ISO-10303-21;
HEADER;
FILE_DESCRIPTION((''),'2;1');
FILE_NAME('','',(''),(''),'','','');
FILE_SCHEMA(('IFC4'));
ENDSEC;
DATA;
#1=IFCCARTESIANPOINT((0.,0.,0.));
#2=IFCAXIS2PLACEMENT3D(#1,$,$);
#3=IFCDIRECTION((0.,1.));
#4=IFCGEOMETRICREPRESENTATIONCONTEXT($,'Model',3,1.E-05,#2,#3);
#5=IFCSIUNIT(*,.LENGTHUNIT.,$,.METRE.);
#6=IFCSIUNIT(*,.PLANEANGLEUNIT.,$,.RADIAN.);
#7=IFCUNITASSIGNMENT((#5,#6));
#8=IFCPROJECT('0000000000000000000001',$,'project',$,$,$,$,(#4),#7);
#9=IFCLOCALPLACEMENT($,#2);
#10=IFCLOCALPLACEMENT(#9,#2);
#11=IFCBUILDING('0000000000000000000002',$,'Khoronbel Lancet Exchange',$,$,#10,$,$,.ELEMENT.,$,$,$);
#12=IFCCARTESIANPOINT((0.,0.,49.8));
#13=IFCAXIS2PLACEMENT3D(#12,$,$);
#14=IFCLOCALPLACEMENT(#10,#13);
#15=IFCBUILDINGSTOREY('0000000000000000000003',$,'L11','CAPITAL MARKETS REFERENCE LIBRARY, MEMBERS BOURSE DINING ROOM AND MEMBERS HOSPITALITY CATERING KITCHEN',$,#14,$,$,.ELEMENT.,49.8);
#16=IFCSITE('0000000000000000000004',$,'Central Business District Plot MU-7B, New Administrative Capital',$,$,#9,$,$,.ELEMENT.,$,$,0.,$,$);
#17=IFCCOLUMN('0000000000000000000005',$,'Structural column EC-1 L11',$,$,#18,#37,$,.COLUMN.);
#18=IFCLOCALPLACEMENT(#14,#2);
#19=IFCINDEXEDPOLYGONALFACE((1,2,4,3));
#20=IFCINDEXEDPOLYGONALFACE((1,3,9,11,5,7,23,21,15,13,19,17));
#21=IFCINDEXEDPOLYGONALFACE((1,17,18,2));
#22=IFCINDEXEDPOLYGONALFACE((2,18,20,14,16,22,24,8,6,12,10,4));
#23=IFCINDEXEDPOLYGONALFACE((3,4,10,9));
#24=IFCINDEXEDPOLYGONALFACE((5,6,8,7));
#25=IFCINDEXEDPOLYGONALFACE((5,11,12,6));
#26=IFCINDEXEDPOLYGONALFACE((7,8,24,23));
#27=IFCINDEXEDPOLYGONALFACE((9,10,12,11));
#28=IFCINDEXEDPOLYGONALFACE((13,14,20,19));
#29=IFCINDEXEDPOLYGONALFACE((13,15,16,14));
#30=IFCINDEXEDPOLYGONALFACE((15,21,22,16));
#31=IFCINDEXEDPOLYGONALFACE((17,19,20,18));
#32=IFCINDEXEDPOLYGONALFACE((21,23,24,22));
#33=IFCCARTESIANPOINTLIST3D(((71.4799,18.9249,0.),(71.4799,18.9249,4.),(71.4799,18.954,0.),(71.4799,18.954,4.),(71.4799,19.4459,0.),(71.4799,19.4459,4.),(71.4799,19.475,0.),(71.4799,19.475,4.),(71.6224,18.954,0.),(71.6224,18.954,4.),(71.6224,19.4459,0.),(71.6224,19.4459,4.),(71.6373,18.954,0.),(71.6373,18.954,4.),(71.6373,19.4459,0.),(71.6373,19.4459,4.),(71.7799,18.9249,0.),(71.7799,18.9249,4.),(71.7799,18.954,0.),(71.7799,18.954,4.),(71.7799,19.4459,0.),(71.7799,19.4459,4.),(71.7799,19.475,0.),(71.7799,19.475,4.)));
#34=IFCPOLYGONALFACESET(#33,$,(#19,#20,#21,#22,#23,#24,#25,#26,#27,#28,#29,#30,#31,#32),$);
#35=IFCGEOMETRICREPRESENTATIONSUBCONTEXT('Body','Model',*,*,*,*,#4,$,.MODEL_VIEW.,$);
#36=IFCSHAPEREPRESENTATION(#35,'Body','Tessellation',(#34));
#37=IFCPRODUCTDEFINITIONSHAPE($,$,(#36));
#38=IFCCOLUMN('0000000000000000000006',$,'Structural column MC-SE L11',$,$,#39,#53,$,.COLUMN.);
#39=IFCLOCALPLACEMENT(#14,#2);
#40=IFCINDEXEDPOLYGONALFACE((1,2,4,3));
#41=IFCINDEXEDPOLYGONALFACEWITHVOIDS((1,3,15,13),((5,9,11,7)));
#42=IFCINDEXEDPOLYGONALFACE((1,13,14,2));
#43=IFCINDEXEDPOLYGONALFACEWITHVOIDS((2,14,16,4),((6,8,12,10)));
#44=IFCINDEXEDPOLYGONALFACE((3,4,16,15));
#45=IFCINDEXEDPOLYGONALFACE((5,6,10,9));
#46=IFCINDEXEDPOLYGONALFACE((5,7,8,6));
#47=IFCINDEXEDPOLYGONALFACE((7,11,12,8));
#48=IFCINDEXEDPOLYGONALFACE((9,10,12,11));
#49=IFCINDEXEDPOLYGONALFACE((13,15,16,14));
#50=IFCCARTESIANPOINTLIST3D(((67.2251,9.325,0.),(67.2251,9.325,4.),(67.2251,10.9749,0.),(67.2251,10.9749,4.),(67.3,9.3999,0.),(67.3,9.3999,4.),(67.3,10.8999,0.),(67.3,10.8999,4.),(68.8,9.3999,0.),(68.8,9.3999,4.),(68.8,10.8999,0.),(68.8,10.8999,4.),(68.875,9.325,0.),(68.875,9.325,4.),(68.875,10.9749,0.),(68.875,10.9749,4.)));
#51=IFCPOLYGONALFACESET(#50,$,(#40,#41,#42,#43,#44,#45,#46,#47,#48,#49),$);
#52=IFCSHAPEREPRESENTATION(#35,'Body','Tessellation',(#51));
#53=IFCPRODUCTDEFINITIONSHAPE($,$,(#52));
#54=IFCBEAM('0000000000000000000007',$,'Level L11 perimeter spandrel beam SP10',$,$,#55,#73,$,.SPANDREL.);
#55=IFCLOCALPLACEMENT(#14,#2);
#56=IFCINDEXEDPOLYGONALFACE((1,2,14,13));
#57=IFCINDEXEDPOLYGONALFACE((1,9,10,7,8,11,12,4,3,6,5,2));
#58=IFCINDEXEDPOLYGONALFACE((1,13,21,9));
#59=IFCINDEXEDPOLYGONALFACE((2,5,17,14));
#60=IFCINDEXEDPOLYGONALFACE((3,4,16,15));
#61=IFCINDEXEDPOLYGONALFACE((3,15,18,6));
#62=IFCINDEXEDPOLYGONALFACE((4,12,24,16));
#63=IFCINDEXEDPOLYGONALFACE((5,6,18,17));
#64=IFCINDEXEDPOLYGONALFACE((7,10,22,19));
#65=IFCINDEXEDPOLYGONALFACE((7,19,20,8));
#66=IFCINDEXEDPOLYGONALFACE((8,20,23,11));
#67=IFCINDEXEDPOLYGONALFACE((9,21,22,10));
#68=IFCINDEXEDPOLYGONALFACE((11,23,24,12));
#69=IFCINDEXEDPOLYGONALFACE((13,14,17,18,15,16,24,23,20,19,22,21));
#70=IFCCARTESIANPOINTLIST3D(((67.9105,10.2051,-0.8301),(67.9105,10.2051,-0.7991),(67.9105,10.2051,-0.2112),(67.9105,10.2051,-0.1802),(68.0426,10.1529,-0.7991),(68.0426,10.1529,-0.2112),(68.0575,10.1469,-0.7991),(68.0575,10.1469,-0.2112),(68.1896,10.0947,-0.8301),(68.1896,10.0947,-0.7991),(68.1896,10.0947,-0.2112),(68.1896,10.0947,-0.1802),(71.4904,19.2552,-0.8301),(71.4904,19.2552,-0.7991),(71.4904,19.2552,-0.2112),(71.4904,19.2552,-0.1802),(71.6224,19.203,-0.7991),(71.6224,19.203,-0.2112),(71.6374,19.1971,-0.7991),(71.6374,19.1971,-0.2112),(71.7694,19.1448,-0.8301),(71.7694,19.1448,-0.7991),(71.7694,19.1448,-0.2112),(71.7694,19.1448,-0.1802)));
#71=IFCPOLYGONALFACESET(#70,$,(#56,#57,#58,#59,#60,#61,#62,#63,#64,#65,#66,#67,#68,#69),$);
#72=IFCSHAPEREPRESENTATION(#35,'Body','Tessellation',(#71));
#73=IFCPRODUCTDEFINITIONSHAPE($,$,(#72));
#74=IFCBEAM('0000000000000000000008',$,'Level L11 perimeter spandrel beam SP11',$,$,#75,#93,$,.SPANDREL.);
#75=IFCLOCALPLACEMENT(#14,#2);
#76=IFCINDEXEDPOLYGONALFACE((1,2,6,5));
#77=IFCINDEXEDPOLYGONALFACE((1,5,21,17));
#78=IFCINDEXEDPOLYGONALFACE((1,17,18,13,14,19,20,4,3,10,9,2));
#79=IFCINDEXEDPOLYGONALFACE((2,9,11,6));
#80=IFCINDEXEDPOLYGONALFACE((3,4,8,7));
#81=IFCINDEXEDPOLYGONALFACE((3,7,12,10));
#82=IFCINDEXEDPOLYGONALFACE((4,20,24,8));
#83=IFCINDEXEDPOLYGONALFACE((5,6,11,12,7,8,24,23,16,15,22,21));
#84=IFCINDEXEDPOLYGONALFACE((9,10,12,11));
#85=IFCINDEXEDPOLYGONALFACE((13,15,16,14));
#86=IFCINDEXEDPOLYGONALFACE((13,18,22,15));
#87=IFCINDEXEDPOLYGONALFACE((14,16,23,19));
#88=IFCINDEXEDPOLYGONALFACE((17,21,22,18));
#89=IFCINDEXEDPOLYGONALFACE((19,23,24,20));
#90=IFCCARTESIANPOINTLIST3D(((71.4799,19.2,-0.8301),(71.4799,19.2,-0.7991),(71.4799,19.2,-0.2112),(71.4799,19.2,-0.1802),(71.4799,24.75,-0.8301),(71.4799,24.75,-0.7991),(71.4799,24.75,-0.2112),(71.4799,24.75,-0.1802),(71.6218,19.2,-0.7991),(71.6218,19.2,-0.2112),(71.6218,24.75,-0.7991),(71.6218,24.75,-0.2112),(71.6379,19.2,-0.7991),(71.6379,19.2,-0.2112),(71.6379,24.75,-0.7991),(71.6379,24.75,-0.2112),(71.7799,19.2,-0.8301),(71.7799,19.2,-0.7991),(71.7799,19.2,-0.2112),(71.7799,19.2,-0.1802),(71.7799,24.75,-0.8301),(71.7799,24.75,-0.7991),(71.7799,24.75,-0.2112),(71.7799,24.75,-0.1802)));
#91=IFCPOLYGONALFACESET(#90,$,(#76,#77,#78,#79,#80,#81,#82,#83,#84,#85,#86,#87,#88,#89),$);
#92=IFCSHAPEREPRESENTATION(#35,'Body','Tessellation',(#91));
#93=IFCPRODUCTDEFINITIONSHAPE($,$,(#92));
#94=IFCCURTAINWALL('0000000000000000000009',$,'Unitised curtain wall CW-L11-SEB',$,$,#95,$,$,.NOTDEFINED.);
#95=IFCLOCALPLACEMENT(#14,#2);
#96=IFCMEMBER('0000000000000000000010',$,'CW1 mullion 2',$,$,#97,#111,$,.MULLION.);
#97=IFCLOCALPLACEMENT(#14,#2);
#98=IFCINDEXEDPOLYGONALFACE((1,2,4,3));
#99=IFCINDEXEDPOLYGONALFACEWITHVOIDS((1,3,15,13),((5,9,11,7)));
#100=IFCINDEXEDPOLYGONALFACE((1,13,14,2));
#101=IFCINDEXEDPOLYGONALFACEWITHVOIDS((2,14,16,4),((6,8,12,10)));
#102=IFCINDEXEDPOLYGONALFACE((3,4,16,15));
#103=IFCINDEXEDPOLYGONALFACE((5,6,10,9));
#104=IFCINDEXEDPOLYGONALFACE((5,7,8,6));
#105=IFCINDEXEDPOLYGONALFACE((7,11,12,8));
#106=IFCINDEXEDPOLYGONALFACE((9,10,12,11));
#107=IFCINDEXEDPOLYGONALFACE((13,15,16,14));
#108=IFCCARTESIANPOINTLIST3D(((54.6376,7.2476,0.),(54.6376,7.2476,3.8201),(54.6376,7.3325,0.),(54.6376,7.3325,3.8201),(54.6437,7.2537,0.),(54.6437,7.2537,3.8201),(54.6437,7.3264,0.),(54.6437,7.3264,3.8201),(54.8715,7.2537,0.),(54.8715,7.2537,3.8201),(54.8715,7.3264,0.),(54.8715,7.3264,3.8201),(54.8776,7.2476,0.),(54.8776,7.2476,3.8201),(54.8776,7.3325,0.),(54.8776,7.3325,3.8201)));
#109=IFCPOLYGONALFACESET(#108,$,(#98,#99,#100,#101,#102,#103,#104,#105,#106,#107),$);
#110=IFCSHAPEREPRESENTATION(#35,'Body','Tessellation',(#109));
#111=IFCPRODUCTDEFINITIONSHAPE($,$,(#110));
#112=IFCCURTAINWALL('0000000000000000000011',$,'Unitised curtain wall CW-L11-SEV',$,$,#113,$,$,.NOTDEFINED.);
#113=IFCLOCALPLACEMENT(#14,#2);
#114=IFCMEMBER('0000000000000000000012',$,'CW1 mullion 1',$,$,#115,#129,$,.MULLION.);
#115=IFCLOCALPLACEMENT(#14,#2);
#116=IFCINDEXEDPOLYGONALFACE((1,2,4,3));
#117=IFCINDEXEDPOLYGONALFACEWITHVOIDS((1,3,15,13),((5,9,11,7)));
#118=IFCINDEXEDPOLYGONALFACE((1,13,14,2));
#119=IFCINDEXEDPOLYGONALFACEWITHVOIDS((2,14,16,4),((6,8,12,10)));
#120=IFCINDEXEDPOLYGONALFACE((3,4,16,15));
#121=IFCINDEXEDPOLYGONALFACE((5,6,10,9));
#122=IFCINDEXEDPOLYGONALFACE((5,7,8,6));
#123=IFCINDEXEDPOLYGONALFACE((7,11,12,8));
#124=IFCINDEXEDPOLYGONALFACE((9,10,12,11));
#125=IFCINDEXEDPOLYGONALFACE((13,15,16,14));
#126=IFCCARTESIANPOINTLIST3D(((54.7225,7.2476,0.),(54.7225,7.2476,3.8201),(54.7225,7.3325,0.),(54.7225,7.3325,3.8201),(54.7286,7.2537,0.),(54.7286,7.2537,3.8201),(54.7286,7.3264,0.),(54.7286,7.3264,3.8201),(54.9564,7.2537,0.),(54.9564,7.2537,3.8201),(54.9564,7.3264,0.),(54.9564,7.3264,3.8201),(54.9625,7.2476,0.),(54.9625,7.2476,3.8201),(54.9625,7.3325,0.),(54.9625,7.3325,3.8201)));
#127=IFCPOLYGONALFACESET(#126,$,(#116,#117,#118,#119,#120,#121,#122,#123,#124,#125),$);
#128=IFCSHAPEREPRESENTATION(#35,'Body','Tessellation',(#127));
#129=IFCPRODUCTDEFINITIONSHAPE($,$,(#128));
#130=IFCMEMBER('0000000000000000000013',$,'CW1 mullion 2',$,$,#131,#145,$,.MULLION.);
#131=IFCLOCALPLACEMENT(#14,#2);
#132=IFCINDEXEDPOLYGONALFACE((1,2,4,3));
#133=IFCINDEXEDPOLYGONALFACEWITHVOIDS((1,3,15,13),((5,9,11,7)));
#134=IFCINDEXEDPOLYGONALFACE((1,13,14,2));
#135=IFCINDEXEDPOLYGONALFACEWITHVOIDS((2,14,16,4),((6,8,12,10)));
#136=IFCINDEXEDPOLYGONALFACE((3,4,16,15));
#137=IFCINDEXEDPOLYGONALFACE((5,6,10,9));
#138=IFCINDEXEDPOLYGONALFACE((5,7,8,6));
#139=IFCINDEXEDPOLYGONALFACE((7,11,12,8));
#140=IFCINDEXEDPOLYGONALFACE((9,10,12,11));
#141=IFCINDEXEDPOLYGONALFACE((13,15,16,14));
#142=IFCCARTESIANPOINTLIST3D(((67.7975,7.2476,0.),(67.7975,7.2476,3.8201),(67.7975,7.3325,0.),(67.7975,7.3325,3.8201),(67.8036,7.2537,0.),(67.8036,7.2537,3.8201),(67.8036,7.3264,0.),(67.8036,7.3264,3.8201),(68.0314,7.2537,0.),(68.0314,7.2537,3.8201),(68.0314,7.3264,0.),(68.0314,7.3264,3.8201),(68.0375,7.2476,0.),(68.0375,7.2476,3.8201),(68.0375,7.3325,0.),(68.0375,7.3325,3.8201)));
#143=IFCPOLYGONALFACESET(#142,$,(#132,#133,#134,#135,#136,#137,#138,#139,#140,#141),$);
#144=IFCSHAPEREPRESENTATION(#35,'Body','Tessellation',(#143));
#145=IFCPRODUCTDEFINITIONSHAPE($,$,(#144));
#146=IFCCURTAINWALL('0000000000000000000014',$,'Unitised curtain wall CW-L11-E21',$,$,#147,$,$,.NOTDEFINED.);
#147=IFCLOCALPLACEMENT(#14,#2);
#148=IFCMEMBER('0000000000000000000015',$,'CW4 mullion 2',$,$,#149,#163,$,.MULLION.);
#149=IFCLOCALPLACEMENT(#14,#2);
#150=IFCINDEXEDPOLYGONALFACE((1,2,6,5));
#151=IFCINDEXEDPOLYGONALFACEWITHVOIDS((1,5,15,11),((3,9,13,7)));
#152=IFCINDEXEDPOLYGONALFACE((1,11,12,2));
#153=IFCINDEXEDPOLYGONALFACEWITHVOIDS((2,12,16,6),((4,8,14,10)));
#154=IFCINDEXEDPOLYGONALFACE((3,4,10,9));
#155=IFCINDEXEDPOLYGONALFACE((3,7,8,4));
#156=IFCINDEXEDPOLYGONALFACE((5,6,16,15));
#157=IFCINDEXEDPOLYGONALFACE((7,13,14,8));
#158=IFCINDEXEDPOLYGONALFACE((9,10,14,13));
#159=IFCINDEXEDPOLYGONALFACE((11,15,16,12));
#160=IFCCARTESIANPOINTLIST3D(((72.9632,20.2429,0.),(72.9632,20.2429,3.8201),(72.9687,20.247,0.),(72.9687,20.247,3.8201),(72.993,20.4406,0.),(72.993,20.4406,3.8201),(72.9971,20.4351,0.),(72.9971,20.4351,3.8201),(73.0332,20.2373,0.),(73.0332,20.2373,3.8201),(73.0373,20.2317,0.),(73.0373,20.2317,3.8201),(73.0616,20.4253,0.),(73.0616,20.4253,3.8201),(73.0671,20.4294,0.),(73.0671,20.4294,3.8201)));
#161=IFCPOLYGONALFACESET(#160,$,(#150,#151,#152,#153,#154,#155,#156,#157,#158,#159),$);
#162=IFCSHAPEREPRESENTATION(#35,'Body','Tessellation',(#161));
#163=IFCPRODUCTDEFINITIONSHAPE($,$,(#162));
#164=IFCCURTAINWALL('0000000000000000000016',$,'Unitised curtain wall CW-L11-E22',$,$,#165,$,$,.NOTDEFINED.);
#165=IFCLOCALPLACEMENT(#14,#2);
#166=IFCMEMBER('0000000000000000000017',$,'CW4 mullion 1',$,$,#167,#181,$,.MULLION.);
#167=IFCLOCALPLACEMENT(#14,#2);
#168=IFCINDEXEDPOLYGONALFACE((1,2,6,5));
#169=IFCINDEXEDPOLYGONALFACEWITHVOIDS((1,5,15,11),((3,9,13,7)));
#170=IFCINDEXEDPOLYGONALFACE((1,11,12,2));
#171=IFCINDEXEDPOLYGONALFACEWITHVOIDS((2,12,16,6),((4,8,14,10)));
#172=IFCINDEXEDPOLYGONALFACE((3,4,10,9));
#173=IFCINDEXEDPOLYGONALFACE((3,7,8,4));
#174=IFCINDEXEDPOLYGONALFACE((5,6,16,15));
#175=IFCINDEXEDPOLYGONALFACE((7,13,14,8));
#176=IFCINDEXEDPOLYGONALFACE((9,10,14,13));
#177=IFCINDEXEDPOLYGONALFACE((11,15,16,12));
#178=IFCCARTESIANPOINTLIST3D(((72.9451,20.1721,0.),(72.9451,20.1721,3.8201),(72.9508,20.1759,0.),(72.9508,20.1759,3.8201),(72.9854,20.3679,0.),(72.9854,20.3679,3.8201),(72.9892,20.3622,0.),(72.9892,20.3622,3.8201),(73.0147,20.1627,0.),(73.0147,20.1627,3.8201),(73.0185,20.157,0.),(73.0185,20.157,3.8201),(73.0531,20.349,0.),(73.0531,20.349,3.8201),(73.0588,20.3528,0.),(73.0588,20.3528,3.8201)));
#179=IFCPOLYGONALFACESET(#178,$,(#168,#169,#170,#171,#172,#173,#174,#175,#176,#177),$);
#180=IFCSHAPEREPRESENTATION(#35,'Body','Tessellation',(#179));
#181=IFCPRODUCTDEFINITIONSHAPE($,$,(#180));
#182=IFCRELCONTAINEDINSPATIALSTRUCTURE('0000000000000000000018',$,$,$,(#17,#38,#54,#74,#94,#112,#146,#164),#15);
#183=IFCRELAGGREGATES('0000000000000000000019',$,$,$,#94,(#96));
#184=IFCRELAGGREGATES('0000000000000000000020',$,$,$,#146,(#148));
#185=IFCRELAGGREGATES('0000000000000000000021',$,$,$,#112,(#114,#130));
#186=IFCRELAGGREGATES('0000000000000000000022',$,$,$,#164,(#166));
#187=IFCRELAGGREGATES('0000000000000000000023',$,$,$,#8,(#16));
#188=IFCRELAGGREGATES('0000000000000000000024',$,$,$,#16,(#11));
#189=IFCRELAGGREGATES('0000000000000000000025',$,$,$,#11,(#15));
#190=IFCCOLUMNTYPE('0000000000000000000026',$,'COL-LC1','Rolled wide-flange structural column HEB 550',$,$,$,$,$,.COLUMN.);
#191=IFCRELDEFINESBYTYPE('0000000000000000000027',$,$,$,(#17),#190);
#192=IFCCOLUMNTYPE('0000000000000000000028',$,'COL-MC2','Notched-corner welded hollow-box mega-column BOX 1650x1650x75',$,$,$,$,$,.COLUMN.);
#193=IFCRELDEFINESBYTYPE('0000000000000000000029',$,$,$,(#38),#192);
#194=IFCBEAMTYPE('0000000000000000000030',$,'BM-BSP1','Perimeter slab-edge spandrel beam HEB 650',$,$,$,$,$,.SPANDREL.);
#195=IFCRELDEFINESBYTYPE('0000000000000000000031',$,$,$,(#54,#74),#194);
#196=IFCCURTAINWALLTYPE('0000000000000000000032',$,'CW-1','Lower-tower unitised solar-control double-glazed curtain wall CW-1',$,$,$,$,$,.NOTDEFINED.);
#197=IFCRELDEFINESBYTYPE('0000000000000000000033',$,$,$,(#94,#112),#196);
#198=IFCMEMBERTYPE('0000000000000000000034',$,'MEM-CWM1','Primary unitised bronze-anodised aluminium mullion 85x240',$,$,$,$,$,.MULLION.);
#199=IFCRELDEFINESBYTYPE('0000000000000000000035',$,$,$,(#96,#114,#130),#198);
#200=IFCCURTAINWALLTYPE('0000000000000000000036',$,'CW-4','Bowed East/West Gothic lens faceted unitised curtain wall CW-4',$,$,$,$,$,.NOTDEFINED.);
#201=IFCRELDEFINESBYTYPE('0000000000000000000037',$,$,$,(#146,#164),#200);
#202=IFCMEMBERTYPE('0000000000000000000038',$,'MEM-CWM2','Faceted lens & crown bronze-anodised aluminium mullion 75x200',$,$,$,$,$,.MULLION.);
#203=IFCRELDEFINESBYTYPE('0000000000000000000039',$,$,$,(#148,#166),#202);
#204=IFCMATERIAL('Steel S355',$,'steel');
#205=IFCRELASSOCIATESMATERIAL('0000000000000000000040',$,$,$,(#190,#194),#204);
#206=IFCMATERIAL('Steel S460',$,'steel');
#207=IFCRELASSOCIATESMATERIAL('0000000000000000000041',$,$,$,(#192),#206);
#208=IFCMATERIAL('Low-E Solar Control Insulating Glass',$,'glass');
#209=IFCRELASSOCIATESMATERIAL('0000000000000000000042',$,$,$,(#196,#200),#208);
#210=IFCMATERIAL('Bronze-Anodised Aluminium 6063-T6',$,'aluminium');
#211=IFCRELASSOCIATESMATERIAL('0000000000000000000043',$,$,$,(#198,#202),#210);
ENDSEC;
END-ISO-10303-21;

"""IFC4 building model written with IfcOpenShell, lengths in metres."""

from ifc_helpers import new_model, si_unit, direction, frame, origin, origin_2d, place, context, subcontext, project, spatial, hollow_rectangle, i_section, extrude, material, material_profile, profile_set, type_object, element, aggregate, save


model = new_model("IFC4")

# Units and contexts
model_context = context("Model", 3, precision=1e-05, world=origin(), true_north=direction((0.0, 1.0)))
body_context = subcontext(model_context, "Body", "Model", "MODEL_VIEW")
ifc_project = project(units=[si_unit("LENGTHUNIT", "METRE"), si_unit("PLANEANGLEUNIT", "RADIAN")], contexts=[model_context])

# Site, building, storey
site_placement = place(None, origin())
site = spatial("IfcSite", under=ifc_project, at=site_placement, Name="Central Business District Plot MU-7B, New Administrative Capital", CompositionType="ELEMENT", RefElevation=0.0)
building_placement = place(site_placement, origin())
building = spatial("IfcBuilding", under=site, at=building_placement, Name="Khoronbel Lancet Exchange", CompositionType="ELEMENT")
storey_placement = place(building_placement, frame((0.0, 0.0, 49.8)))
storey = spatial("IfcBuildingStorey", under=building, at=storey_placement, Name="L11", Description="CAPITAL MARKETS REFERENCE LIBRARY, MEMBERS BOURSE DINING ROOM AND MEMBERS HOSPITALITY CATERING KITCHEN", CompositionType="ELEMENT", Elevation=49.8)

# Columns
ifc_material_1 = material(Name="Steel S355", Category="steel")
ifc_material_profile_1 = material_profile(ifc_material_1, i_section(OverallWidth=0.3, OverallDepth=0.55, WebThickness=0.0149, FlangeThickness=0.0291, at=origin_2d()), Name="HEB 550")
ifc_profile_set_1 = profile_set([ifc_material_profile_1], Name="Steel S355")
column_type_1 = type_object("IfcColumnType", Name="COL-LC1", Description="Rolled wide-flange structural column HEB 550", PredefinedType="COLUMN", material=ifc_profile_set_1)
column_1_placement = place(storey_placement, frame((71.6299, 19.2, 0.0), z_axis=(0.0, 0.0, 1.0), x_axis=(1.0, 0.0, 0.0)))
element("IfcColumn", 1, at=column_1_placement, inside=storey, type_object=column_type_1, Name="Structural column EC-1 L11", PredefinedType="COLUMN", context=body_context, shape_type="SweptSolid", body=[
    extrude(i_section(OverallWidth=0.3, OverallDepth=0.55, WebThickness=0.0149, FlangeThickness=0.0291, at=origin_2d()), origin(), (0.0, 0.0, 1.0), 4.0),
])
ifc_material_2 = material(Name="Steel S460", Category="steel")
ifc_material_profile_2 = material_profile(ifc_material_2, hollow_rectangle(XDim=1.6499, YDim=1.6499, WallThickness=0.075, at=origin_2d()), Name="BOX 1650x1650x75")
ifc_profile_set_2 = profile_set([ifc_material_profile_2], Name="Steel S460")
column_type_2 = type_object("IfcColumnType", Name="COL-MC2", Description="Notched-corner welded hollow-box mega-column BOX 1650x1650x75", PredefinedType="COLUMN", material=ifc_profile_set_2)
column_2_placement = place(storey_placement, frame((68.05, 10.1499, 0.0), z_axis=(0.0, 0.0, 1.0), x_axis=(1.0, 0.0, 0.0)))
element("IfcColumn", 2, at=column_2_placement, inside=storey, type_object=column_type_2, Name="Structural column MC-SE L11", PredefinedType="COLUMN", context=body_context, shape_type="SweptSolid", body=[
    extrude(hollow_rectangle(XDim=1.6499, YDim=1.6499, WallThickness=0.075, at=origin_2d()), origin(), (0.0, 0.0, 1.0), 4.0),
])

# Beams
ifc_material_profile_3 = material_profile(ifc_material_1, i_section(OverallWidth=0.3, OverallDepth=0.6499, WebThickness=0.0161, FlangeThickness=0.031, at=origin_2d()), Name="HEB 650")
ifc_profile_set_3 = profile_set([ifc_material_profile_3], Name="Steel S355")
beam_type = type_object("IfcBeamType", Name="BM-BSP1", Description="Perimeter slab-edge spandrel beam HEB 650", PredefinedType="SPANDREL", material=ifc_profile_set_3)
beam_1_placement = place(storey_placement, frame((68.05, 10.1499, -0.5051), z_axis=(0.367828, 0.929894, 0.0), x_axis=(-0.929894, 0.367828, 0.0)))
element("IfcBeam", 3, at=beam_1_placement, inside=storey, type_object=beam_type, Name="Level L11 perimeter spandrel beam SP10", PredefinedType="SPANDREL", context=body_context, shape_type="SweptSolid", body=[
    extrude(i_section(OverallWidth=0.3, OverallDepth=0.6499, WebThickness=0.0161, FlangeThickness=0.031, at=origin_2d()), origin(), (0.0, 0.0, 1.0), 9.7324),
])
beam_2_placement = place(storey_placement, frame((71.6299, 19.2, -0.5051), z_axis=(0.0, 1.0, 0.0), x_axis=(-1.0, 0.0, 0.0)))
element("IfcBeam", 4, at=beam_2_placement, inside=storey, type_object=beam_type, Name="Level L11 perimeter spandrel beam SP11", PredefinedType="SPANDREL", context=body_context, shape_type="SweptSolid", body=[
    extrude(i_section(OverallWidth=0.3, OverallDepth=0.6499, WebThickness=0.0161, FlangeThickness=0.031, at=origin_2d()), origin(), (0.0, 0.0, 1.0), 5.55),
])

# Curtain wall, member
ifc_material_3 = material(Name="Low-E Solar Control Insulating Glass", Category="glass")
curtain_wall_type_1 = type_object("IfcCurtainWallType", Name="CW-1", Description="Lower-tower unitised solar-control double-glazed curtain wall CW-1", PredefinedType="NOTDEFINED", material=ifc_material_3)
curtain_wall_1_placement = place(storey_placement, origin())
curtain_wall_1 = element("IfcCurtainWall", 5, at=curtain_wall_1_placement, inside=storey, type_object=curtain_wall_type_1, Name="Unitised curtain wall CW-L11-SEB", PredefinedType="NOTDEFINED")
ifc_material_4 = material(Name="Bronze-Anodised Aluminium 6063-T6", Category="aluminium")
ifc_material_profile_4 = material_profile(ifc_material_4, hollow_rectangle(XDim=0.085, YDim=0.24, WallThickness=0.0061, at=origin_2d()), Name="ALU MULLION 85x240")
ifc_profile_set_4 = profile_set([ifc_material_profile_4], Name="Bronze-Anodised Aluminium 6063-T6")
member_type_1 = type_object("IfcMemberType", Name="MEM-CWM1", Description="Primary unitised bronze-anodised aluminium mullion 85x240", PredefinedType="MULLION", material=ifc_profile_set_4)
member_1_placement = place(storey_placement, frame((54.7576, 7.29, 0.0), z_axis=(0.0, 0.0, 1.0), x_axis=(0.0, 1.0, 0.0)))
member_1 = element("IfcMember", 6, at=member_1_placement, type_object=member_type_1, Name="CW1 mullion 2", PredefinedType="MULLION", context=body_context, shape_type="SweptSolid", body=[
    extrude(hollow_rectangle(XDim=0.085, YDim=0.24, WallThickness=0.0061, at=origin_2d()), origin(), (0.0, 0.0, 1.0), 3.8201),
])
aggregate(curtain_wall_1, [member_1])

# Curtain wall, members
curtain_wall_2_placement = place(storey_placement, origin())
curtain_wall_2 = element("IfcCurtainWall", 7, at=curtain_wall_2_placement, inside=storey, type_object=curtain_wall_type_1, Name="Unitised curtain wall CW-L11-SEV", PredefinedType="NOTDEFINED")
member_2_placement = place(storey_placement, frame((54.8425, 7.29, 0.0), z_axis=(0.0, 0.0, 1.0), x_axis=(0.0, 1.0, 0.0)))
member_2 = element("IfcMember", 8, at=member_2_placement, type_object=member_type_1, Name="CW1 mullion 1", PredefinedType="MULLION", context=body_context, shape_type="SweptSolid", body=[
    extrude(hollow_rectangle(XDim=0.085, YDim=0.24, WallThickness=0.0061, at=origin_2d()), origin(), (0.0, 0.0, 1.0), 3.8201),
])
member_3_placement = place(storey_placement, frame((67.9175, 7.29, 0.0), z_axis=(0.0, 0.0, 1.0), x_axis=(0.0, 1.0, 0.0)))
member_3 = element("IfcMember", 9, at=member_3_placement, type_object=member_type_1, Name="CW1 mullion 2", PredefinedType="MULLION", context=body_context, shape_type="SweptSolid", body=[
    extrude(hollow_rectangle(XDim=0.085, YDim=0.24, WallThickness=0.0061, at=origin_2d()), origin(), (0.0, 0.0, 1.0), 3.8201),
])

# Curtain wall, member
curtain_wall_type_2 = type_object("IfcCurtainWallType", Name="CW-4", Description="Bowed East/West Gothic lens faceted unitised curtain wall CW-4", PredefinedType="NOTDEFINED", material=ifc_material_3)
curtain_wall_3_placement = place(storey_placement, origin())
curtain_wall_3 = element("IfcCurtainWall", 10, at=curtain_wall_3_placement, inside=storey, type_object=curtain_wall_type_2, Name="Unitised curtain wall CW-L11-E21", PredefinedType="NOTDEFINED")
ifc_material_profile_5 = material_profile(ifc_material_4, hollow_rectangle(XDim=0.075, YDim=0.2, WallThickness=0.0049, at=origin_2d()), Name="ALU MULLION 75x200")
ifc_profile_set_5 = profile_set([ifc_material_profile_5], Name="Bronze-Anodised Aluminium 6063-T6")
member_type_2 = type_object("IfcMemberType", Name="MEM-CWM2", Description="Faceted lens & crown bronze-anodised aluminium mullion 75x200", PredefinedType="MULLION", material=ifc_profile_set_5)
member_4_placement = place(storey_placement, frame((73.0151, 20.3362, 0.0), z_axis=(0.0, 0.0, 1.0), x_axis=(0.988799, -0.149251, 0.0)))
member_4 = element("IfcMember", 11, at=member_4_placement, type_object=member_type_2, Name="CW4 mullion 2", PredefinedType="MULLION", context=body_context, shape_type="SweptSolid", body=[
    extrude(hollow_rectangle(XDim=0.075, YDim=0.2, WallThickness=0.0049, at=origin_2d()), origin(), (0.0, 0.0, 1.0), 3.8201),
])

# Curtain wall, member
curtain_wall_4_placement = place(storey_placement, origin())
curtain_wall_4 = element("IfcCurtainWall", 12, at=curtain_wall_4_placement, inside=storey, type_object=curtain_wall_type_2, Name="Unitised curtain wall CW-L11-E22", PredefinedType="NOTDEFINED")
member_5_placement = place(storey_placement, frame((73.002, 20.2625, 0.0), z_axis=(0.0, 0.0, 1.0), x_axis=(0.979397, -0.201944, 0.0)))
member_5 = element("IfcMember", 13, at=member_5_placement, type_object=member_type_2, Name="CW4 mullion 1", PredefinedType="MULLION", context=body_context, shape_type="SweptSolid", body=[
    extrude(hollow_rectangle(XDim=0.075, YDim=0.2, WallThickness=0.0049, at=origin_2d()), origin(), (0.0, 0.0, 1.0), 3.8201),
])

aggregate(curtain_wall_3, [member_4])
aggregate(curtain_wall_2, [member_2, member_3])
aggregate(curtain_wall_4, [member_5])

save(model, "model.ifc")
